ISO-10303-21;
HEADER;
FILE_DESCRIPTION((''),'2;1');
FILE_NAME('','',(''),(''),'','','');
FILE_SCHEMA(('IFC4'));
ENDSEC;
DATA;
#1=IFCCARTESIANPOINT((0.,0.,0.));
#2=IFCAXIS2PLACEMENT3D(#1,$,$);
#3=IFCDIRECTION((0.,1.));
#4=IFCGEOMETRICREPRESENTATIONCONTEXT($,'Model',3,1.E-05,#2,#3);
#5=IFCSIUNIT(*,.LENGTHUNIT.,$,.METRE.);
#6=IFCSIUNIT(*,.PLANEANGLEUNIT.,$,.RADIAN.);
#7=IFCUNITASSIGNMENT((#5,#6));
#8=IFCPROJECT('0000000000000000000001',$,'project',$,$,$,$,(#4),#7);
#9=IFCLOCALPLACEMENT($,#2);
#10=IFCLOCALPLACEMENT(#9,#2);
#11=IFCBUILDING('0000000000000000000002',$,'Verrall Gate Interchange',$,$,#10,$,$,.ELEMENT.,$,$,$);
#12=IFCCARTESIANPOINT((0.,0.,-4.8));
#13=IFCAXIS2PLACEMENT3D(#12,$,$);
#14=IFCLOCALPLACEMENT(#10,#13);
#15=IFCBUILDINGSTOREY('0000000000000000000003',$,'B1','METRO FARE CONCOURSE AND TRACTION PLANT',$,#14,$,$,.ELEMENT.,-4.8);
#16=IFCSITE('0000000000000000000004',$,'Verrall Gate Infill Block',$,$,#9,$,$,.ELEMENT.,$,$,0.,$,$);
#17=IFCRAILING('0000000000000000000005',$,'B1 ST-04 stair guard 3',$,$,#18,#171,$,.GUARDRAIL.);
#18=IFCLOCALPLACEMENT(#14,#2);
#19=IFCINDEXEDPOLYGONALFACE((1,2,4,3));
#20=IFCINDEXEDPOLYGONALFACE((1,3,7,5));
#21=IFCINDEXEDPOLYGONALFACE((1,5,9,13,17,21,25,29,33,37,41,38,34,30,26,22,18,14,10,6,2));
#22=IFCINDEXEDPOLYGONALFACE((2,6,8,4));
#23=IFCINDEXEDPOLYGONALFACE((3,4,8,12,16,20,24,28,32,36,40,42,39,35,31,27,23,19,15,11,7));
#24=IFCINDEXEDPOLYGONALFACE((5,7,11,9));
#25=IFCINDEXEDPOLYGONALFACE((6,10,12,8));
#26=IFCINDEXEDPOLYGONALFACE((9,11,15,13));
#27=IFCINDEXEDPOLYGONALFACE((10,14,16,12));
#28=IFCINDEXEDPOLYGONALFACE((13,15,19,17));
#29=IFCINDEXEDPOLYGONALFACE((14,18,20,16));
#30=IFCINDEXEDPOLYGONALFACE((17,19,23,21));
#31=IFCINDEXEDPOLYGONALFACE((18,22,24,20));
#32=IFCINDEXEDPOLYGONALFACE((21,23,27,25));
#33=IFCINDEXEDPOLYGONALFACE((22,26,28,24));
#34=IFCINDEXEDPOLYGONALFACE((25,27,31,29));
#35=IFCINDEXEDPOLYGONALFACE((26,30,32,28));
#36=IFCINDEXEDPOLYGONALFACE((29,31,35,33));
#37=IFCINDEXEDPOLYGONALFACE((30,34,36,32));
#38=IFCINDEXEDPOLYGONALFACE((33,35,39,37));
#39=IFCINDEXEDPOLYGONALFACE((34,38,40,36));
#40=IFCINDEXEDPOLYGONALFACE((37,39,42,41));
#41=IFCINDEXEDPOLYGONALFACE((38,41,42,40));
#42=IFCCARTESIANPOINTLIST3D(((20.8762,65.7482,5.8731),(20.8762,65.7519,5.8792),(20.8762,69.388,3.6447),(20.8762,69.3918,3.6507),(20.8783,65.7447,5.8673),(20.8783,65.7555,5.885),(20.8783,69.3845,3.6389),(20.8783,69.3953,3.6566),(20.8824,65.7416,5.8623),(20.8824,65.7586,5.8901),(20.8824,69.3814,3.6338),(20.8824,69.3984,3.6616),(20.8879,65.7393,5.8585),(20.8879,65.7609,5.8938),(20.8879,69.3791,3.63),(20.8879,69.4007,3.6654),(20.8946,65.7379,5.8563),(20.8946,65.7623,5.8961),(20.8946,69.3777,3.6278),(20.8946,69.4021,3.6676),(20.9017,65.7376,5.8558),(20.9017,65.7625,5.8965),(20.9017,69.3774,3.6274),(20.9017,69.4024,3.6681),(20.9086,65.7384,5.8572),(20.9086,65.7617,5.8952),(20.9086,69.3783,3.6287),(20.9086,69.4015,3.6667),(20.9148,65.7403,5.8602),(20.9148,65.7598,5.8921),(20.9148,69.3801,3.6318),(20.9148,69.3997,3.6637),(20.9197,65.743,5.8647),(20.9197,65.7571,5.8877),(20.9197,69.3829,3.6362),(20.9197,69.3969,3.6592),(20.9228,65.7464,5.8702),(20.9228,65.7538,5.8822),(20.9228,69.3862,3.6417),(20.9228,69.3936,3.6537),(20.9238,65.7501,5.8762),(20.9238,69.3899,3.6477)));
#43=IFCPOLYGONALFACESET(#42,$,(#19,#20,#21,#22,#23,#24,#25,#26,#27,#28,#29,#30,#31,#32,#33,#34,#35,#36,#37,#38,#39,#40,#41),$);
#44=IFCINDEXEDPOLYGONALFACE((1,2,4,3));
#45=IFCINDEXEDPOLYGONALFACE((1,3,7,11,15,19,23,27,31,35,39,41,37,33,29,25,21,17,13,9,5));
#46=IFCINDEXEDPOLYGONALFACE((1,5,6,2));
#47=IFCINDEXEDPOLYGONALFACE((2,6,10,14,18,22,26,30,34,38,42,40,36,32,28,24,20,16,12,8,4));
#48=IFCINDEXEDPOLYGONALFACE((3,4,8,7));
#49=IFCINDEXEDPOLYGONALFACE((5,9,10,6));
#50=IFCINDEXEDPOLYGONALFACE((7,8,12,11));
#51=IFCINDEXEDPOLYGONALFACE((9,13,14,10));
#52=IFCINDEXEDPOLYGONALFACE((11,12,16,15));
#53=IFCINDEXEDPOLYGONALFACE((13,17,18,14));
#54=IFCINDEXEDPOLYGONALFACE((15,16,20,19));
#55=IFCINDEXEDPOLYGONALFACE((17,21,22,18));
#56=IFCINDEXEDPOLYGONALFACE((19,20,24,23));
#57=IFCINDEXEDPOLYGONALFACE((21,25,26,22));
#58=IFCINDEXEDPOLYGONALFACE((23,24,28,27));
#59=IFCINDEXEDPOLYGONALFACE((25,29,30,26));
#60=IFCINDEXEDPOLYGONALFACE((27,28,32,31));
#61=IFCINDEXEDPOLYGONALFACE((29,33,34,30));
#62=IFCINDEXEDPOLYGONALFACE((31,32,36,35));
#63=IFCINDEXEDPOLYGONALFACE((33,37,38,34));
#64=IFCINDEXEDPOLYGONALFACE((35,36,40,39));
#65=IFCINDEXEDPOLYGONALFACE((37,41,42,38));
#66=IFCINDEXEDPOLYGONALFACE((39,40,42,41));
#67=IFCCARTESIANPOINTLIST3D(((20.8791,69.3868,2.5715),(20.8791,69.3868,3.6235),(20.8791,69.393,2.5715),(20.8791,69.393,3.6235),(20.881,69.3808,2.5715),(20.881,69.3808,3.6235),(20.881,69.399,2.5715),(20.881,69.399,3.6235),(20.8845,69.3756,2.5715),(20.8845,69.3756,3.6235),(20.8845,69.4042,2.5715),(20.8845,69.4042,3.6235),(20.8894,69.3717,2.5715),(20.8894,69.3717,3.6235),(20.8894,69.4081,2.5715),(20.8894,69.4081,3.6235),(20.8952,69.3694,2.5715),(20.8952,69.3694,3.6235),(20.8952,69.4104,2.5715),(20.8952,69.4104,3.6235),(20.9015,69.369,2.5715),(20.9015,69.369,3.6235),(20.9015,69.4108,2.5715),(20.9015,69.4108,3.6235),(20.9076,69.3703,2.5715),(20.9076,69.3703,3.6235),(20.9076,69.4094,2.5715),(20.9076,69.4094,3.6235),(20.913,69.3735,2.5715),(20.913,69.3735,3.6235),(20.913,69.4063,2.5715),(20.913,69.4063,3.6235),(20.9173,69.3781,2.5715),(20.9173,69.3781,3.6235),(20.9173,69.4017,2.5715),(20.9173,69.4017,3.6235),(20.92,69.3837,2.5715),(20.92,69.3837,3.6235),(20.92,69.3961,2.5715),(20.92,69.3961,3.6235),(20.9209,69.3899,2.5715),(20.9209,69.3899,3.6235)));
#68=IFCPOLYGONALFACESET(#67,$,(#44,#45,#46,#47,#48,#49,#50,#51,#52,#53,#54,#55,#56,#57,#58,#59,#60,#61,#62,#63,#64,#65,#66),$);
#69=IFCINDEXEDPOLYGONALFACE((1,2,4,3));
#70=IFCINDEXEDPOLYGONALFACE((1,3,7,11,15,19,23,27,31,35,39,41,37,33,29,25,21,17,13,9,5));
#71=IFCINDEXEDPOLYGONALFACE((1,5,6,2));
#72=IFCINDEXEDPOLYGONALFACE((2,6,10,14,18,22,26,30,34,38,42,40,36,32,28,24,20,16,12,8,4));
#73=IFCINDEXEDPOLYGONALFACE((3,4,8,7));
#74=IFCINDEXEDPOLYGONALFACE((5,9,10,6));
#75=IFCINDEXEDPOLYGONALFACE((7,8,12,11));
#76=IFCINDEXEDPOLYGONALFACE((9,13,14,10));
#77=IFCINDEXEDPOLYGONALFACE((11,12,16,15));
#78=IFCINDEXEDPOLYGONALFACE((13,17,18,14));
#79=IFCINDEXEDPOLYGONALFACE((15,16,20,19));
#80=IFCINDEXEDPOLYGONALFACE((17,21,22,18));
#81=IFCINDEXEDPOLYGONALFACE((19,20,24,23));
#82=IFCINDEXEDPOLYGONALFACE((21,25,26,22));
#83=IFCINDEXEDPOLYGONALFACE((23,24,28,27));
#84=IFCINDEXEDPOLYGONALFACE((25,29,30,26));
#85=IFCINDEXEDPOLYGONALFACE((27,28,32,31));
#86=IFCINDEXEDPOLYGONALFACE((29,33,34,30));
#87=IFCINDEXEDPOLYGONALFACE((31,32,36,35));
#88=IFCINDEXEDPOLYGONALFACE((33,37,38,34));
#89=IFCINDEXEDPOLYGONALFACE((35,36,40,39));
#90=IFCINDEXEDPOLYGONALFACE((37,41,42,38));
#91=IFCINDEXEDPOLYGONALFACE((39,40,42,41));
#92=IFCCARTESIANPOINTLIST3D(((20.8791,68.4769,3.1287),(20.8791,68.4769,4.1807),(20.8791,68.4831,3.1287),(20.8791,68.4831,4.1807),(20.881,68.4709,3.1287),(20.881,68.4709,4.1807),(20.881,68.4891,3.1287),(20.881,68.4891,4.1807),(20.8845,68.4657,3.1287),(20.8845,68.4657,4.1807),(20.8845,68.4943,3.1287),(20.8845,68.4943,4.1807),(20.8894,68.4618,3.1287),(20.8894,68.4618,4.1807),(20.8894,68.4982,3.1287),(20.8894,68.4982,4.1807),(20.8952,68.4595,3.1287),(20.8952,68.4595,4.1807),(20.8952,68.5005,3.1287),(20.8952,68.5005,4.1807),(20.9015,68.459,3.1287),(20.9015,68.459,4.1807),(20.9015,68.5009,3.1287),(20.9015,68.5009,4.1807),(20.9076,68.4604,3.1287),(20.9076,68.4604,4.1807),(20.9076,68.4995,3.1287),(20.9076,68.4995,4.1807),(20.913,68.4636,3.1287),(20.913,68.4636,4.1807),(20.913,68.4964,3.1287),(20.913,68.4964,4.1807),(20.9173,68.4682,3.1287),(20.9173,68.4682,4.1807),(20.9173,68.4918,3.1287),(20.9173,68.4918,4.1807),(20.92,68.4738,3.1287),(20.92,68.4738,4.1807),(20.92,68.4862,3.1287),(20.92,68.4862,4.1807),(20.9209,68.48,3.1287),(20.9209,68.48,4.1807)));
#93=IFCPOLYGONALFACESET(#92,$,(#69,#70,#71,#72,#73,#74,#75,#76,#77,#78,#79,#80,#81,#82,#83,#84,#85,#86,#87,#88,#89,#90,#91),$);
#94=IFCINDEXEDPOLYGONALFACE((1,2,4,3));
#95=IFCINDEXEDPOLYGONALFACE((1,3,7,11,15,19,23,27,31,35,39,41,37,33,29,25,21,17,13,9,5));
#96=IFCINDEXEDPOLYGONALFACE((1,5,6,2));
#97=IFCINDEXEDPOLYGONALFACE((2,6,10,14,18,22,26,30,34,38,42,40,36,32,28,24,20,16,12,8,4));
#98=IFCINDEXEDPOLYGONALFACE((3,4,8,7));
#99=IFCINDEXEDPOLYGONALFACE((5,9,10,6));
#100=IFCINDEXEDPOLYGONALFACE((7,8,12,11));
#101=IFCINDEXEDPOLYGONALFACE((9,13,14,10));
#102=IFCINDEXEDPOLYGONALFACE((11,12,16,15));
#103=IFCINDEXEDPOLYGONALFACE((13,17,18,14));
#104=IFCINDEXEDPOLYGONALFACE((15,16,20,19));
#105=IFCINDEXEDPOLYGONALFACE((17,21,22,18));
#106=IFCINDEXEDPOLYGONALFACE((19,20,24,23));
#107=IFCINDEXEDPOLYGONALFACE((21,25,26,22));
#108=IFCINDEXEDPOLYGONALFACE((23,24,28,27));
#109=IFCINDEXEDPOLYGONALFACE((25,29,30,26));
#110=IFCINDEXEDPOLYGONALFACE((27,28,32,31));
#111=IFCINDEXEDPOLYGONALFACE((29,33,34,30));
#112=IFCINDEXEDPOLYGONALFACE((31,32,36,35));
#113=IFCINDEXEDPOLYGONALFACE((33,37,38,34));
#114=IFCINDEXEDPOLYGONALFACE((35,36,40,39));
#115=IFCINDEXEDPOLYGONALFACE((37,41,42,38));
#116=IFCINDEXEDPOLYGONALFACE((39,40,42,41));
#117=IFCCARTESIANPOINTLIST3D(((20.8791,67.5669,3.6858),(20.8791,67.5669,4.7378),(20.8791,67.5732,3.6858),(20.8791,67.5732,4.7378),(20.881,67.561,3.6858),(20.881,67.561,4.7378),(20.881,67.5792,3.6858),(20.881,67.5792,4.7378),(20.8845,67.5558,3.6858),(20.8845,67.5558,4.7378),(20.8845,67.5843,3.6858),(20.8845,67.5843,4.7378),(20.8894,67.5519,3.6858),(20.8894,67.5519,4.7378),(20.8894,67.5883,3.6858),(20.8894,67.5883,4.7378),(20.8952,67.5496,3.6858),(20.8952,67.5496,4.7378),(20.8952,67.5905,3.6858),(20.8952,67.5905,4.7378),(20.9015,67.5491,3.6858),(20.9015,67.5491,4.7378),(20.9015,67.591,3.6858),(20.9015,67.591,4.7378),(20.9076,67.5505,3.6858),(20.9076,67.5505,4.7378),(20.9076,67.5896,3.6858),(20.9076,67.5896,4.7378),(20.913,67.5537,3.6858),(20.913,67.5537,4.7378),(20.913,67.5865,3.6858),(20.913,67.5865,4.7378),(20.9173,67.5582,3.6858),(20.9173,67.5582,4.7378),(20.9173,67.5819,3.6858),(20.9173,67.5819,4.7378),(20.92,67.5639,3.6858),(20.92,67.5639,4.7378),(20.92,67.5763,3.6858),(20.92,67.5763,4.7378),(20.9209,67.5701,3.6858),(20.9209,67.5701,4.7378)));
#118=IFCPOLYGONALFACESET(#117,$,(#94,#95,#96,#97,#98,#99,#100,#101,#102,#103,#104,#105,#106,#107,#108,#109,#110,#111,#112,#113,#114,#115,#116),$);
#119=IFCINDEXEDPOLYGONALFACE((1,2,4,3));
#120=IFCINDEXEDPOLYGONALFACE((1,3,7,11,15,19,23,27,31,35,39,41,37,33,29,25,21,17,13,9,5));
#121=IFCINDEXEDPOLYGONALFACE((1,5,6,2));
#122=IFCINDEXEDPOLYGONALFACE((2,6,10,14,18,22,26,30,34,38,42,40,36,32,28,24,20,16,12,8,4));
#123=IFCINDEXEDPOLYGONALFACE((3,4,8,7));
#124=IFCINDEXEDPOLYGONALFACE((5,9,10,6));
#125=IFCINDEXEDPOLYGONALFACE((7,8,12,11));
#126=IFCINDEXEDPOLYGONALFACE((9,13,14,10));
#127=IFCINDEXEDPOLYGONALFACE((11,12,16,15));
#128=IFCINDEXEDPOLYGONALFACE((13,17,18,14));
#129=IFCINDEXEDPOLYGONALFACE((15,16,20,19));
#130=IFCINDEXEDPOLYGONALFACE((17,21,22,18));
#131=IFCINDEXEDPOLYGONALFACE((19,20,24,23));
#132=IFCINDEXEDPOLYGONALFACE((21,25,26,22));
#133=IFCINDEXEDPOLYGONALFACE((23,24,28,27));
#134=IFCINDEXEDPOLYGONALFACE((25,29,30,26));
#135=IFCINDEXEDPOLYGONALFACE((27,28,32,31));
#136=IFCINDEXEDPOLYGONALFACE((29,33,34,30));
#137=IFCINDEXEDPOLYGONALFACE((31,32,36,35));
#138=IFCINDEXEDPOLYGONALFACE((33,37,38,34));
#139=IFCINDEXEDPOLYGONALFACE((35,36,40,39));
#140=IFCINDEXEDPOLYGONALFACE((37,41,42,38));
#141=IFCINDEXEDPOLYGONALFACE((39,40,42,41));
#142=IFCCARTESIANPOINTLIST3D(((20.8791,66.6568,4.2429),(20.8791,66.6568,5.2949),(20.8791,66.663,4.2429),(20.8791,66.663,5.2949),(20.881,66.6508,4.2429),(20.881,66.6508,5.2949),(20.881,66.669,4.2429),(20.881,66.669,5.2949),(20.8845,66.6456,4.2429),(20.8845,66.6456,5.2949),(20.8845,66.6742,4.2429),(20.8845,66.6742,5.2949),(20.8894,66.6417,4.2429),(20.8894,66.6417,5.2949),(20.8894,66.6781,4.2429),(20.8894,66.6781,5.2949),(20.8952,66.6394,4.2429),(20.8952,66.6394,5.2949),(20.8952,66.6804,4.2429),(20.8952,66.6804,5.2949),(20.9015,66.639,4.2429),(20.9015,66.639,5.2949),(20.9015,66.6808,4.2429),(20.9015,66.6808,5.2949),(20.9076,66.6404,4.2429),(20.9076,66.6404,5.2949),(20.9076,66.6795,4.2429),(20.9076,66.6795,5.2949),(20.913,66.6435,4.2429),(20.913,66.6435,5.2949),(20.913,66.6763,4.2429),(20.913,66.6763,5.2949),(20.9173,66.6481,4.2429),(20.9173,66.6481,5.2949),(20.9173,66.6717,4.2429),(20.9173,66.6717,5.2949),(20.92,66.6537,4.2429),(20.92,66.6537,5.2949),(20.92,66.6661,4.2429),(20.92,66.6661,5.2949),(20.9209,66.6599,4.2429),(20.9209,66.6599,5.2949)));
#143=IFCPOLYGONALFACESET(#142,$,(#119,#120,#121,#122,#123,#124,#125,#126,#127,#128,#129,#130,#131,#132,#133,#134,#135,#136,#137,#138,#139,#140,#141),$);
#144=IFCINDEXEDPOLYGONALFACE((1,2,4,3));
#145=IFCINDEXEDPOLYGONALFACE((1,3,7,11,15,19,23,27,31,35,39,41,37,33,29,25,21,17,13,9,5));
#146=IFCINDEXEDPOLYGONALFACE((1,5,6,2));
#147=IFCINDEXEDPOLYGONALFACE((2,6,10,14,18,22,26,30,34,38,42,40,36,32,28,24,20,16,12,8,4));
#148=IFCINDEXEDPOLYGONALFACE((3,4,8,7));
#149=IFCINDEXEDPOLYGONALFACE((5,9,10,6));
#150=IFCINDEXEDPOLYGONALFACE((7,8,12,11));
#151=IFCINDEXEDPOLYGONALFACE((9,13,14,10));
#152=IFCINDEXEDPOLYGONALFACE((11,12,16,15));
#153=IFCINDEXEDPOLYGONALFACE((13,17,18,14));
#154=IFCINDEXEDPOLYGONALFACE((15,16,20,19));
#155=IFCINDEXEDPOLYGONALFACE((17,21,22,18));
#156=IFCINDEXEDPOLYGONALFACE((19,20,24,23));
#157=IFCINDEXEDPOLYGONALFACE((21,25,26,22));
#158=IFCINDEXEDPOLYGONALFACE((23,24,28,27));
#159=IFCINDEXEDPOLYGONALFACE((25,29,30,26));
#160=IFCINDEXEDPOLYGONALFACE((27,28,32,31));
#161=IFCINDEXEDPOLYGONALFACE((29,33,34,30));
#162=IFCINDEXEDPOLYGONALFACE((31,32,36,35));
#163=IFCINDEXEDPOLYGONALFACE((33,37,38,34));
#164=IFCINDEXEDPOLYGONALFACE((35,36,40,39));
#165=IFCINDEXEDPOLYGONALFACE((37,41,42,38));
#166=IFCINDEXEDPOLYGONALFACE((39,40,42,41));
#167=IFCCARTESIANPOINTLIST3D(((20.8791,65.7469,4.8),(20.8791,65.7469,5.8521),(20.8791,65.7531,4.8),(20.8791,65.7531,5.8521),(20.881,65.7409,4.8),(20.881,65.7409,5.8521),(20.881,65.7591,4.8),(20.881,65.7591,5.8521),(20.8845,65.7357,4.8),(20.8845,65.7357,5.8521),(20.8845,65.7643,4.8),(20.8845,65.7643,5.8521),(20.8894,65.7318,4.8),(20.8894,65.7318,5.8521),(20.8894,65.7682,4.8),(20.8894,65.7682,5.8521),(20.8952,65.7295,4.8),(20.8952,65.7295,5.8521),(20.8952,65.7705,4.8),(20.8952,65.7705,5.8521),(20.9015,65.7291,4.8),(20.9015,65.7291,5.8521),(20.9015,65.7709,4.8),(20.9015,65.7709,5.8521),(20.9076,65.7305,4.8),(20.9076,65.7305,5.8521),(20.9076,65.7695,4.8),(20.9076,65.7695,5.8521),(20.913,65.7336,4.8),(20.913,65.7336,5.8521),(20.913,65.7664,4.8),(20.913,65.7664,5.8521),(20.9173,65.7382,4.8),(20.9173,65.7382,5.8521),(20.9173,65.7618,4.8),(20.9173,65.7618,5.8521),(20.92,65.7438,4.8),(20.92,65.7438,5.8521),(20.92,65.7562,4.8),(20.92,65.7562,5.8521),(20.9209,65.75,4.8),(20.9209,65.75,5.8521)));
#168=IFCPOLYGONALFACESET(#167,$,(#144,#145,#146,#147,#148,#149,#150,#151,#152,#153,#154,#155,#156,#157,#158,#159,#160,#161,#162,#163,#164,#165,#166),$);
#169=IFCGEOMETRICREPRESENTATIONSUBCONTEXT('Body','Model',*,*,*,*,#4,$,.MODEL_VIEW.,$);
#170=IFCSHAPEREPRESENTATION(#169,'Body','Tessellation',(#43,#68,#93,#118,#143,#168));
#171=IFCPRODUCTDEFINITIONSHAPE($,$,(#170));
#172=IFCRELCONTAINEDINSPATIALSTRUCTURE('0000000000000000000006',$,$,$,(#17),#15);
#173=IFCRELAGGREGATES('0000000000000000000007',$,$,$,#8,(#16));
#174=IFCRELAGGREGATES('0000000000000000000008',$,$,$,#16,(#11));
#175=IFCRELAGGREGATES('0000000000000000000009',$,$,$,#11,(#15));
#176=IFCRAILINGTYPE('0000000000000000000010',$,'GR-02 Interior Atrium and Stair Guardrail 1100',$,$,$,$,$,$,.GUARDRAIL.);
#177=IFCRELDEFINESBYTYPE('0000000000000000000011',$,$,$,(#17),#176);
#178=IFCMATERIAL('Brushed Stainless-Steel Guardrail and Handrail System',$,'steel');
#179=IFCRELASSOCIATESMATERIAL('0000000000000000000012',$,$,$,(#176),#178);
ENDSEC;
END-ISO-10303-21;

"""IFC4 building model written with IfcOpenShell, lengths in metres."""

from ifc_helpers import new_model, si_unit, direction, frame, origin, origin_2d, place, context, subcontext, project, spatial, circle, extrude, material, type_object, element, save


model = new_model("IFC4")

# Units and contexts
model_context = context("Model", 3, precision=1e-05, world=origin(), true_north=direction((0.0, 1.0)))
body_context = subcontext(model_context, "Body", "Model", "MODEL_VIEW")
ifc_project = project(units=[si_unit("LENGTHUNIT", "METRE"), si_unit("PLANEANGLEUNIT", "RADIAN")], contexts=[model_context])

# Site, building, storey
site_placement = place(None, origin())
site = spatial("IfcSite", under=ifc_project, at=site_placement, Name="Verrall Gate Infill Block", CompositionType="ELEMENT", RefElevation=0.0)
building_placement = place(site_placement, origin())
building = spatial("IfcBuilding", under=site, at=building_placement, Name="Verrall Gate Interchange", CompositionType="ELEMENT")
storey_placement = place(building_placement, frame((0.0, 0.0, -4.8)))
storey = spatial("IfcBuildingStorey", under=building, at=storey_placement, Name="B1", Description="METRO FARE CONCOURSE AND TRACTION PLANT", CompositionType="ELEMENT", Elevation=-4.8)

# Railing
ifc_material_1 = material(Name="Brushed Stainless-Steel Guardrail and Handrail System", Category="steel")
railing_type_1 = type_object("IfcRailingType", Name="GR-02 Interior Atrium and Stair Guardrail 1100", PredefinedType="GUARDRAIL", material=ifc_material_1)
railing_1_placement = place(storey_placement, frame((20.8999, 69.3899, 2.5715)))
element("IfcRailing", 1, at=railing_1_placement, inside=storey, type_object=railing_type_1, Name="B1 ST-04 stair guard 3", PredefinedType="GUARDRAIL", context=body_context, shape_type="SweptSolid", body=[
    extrude(circle(Radius=0.0239, at=origin_2d()), frame((0.0, 0.0, 1.0762), z_axis=(0.0, -0.85285, 0.522156), x_axis=(1.0, 0.0, 0.0)), (0.0, 0.0, 1.0), 4.2678),
    extrude(circle(Radius=0.021, at=origin_2d()), origin(), (0.0, 0.0, 1.0), 1.052),
    extrude(circle(Radius=0.021, at=origin_2d()), frame((0.0, -0.9099, 0.5571)), (0.0, 0.0, 1.0), 1.052),
    extrude(circle(Radius=0.021, at=origin_2d()), frame((0.0, -1.8198, 1.1143)), (0.0, 0.0, 1.0), 1.052),
    extrude(circle(Radius=0.021, at=origin_2d()), frame((0.0, -2.73, 1.6714)), (0.0, 0.0, 1.0), 1.052),
    extrude(circle(Radius=0.021, at=origin_2d()), frame((0.0, -3.6399, 2.2285)), (0.0, 0.0, 1.0), 1.052),
])

save(model, "model.ifc")
